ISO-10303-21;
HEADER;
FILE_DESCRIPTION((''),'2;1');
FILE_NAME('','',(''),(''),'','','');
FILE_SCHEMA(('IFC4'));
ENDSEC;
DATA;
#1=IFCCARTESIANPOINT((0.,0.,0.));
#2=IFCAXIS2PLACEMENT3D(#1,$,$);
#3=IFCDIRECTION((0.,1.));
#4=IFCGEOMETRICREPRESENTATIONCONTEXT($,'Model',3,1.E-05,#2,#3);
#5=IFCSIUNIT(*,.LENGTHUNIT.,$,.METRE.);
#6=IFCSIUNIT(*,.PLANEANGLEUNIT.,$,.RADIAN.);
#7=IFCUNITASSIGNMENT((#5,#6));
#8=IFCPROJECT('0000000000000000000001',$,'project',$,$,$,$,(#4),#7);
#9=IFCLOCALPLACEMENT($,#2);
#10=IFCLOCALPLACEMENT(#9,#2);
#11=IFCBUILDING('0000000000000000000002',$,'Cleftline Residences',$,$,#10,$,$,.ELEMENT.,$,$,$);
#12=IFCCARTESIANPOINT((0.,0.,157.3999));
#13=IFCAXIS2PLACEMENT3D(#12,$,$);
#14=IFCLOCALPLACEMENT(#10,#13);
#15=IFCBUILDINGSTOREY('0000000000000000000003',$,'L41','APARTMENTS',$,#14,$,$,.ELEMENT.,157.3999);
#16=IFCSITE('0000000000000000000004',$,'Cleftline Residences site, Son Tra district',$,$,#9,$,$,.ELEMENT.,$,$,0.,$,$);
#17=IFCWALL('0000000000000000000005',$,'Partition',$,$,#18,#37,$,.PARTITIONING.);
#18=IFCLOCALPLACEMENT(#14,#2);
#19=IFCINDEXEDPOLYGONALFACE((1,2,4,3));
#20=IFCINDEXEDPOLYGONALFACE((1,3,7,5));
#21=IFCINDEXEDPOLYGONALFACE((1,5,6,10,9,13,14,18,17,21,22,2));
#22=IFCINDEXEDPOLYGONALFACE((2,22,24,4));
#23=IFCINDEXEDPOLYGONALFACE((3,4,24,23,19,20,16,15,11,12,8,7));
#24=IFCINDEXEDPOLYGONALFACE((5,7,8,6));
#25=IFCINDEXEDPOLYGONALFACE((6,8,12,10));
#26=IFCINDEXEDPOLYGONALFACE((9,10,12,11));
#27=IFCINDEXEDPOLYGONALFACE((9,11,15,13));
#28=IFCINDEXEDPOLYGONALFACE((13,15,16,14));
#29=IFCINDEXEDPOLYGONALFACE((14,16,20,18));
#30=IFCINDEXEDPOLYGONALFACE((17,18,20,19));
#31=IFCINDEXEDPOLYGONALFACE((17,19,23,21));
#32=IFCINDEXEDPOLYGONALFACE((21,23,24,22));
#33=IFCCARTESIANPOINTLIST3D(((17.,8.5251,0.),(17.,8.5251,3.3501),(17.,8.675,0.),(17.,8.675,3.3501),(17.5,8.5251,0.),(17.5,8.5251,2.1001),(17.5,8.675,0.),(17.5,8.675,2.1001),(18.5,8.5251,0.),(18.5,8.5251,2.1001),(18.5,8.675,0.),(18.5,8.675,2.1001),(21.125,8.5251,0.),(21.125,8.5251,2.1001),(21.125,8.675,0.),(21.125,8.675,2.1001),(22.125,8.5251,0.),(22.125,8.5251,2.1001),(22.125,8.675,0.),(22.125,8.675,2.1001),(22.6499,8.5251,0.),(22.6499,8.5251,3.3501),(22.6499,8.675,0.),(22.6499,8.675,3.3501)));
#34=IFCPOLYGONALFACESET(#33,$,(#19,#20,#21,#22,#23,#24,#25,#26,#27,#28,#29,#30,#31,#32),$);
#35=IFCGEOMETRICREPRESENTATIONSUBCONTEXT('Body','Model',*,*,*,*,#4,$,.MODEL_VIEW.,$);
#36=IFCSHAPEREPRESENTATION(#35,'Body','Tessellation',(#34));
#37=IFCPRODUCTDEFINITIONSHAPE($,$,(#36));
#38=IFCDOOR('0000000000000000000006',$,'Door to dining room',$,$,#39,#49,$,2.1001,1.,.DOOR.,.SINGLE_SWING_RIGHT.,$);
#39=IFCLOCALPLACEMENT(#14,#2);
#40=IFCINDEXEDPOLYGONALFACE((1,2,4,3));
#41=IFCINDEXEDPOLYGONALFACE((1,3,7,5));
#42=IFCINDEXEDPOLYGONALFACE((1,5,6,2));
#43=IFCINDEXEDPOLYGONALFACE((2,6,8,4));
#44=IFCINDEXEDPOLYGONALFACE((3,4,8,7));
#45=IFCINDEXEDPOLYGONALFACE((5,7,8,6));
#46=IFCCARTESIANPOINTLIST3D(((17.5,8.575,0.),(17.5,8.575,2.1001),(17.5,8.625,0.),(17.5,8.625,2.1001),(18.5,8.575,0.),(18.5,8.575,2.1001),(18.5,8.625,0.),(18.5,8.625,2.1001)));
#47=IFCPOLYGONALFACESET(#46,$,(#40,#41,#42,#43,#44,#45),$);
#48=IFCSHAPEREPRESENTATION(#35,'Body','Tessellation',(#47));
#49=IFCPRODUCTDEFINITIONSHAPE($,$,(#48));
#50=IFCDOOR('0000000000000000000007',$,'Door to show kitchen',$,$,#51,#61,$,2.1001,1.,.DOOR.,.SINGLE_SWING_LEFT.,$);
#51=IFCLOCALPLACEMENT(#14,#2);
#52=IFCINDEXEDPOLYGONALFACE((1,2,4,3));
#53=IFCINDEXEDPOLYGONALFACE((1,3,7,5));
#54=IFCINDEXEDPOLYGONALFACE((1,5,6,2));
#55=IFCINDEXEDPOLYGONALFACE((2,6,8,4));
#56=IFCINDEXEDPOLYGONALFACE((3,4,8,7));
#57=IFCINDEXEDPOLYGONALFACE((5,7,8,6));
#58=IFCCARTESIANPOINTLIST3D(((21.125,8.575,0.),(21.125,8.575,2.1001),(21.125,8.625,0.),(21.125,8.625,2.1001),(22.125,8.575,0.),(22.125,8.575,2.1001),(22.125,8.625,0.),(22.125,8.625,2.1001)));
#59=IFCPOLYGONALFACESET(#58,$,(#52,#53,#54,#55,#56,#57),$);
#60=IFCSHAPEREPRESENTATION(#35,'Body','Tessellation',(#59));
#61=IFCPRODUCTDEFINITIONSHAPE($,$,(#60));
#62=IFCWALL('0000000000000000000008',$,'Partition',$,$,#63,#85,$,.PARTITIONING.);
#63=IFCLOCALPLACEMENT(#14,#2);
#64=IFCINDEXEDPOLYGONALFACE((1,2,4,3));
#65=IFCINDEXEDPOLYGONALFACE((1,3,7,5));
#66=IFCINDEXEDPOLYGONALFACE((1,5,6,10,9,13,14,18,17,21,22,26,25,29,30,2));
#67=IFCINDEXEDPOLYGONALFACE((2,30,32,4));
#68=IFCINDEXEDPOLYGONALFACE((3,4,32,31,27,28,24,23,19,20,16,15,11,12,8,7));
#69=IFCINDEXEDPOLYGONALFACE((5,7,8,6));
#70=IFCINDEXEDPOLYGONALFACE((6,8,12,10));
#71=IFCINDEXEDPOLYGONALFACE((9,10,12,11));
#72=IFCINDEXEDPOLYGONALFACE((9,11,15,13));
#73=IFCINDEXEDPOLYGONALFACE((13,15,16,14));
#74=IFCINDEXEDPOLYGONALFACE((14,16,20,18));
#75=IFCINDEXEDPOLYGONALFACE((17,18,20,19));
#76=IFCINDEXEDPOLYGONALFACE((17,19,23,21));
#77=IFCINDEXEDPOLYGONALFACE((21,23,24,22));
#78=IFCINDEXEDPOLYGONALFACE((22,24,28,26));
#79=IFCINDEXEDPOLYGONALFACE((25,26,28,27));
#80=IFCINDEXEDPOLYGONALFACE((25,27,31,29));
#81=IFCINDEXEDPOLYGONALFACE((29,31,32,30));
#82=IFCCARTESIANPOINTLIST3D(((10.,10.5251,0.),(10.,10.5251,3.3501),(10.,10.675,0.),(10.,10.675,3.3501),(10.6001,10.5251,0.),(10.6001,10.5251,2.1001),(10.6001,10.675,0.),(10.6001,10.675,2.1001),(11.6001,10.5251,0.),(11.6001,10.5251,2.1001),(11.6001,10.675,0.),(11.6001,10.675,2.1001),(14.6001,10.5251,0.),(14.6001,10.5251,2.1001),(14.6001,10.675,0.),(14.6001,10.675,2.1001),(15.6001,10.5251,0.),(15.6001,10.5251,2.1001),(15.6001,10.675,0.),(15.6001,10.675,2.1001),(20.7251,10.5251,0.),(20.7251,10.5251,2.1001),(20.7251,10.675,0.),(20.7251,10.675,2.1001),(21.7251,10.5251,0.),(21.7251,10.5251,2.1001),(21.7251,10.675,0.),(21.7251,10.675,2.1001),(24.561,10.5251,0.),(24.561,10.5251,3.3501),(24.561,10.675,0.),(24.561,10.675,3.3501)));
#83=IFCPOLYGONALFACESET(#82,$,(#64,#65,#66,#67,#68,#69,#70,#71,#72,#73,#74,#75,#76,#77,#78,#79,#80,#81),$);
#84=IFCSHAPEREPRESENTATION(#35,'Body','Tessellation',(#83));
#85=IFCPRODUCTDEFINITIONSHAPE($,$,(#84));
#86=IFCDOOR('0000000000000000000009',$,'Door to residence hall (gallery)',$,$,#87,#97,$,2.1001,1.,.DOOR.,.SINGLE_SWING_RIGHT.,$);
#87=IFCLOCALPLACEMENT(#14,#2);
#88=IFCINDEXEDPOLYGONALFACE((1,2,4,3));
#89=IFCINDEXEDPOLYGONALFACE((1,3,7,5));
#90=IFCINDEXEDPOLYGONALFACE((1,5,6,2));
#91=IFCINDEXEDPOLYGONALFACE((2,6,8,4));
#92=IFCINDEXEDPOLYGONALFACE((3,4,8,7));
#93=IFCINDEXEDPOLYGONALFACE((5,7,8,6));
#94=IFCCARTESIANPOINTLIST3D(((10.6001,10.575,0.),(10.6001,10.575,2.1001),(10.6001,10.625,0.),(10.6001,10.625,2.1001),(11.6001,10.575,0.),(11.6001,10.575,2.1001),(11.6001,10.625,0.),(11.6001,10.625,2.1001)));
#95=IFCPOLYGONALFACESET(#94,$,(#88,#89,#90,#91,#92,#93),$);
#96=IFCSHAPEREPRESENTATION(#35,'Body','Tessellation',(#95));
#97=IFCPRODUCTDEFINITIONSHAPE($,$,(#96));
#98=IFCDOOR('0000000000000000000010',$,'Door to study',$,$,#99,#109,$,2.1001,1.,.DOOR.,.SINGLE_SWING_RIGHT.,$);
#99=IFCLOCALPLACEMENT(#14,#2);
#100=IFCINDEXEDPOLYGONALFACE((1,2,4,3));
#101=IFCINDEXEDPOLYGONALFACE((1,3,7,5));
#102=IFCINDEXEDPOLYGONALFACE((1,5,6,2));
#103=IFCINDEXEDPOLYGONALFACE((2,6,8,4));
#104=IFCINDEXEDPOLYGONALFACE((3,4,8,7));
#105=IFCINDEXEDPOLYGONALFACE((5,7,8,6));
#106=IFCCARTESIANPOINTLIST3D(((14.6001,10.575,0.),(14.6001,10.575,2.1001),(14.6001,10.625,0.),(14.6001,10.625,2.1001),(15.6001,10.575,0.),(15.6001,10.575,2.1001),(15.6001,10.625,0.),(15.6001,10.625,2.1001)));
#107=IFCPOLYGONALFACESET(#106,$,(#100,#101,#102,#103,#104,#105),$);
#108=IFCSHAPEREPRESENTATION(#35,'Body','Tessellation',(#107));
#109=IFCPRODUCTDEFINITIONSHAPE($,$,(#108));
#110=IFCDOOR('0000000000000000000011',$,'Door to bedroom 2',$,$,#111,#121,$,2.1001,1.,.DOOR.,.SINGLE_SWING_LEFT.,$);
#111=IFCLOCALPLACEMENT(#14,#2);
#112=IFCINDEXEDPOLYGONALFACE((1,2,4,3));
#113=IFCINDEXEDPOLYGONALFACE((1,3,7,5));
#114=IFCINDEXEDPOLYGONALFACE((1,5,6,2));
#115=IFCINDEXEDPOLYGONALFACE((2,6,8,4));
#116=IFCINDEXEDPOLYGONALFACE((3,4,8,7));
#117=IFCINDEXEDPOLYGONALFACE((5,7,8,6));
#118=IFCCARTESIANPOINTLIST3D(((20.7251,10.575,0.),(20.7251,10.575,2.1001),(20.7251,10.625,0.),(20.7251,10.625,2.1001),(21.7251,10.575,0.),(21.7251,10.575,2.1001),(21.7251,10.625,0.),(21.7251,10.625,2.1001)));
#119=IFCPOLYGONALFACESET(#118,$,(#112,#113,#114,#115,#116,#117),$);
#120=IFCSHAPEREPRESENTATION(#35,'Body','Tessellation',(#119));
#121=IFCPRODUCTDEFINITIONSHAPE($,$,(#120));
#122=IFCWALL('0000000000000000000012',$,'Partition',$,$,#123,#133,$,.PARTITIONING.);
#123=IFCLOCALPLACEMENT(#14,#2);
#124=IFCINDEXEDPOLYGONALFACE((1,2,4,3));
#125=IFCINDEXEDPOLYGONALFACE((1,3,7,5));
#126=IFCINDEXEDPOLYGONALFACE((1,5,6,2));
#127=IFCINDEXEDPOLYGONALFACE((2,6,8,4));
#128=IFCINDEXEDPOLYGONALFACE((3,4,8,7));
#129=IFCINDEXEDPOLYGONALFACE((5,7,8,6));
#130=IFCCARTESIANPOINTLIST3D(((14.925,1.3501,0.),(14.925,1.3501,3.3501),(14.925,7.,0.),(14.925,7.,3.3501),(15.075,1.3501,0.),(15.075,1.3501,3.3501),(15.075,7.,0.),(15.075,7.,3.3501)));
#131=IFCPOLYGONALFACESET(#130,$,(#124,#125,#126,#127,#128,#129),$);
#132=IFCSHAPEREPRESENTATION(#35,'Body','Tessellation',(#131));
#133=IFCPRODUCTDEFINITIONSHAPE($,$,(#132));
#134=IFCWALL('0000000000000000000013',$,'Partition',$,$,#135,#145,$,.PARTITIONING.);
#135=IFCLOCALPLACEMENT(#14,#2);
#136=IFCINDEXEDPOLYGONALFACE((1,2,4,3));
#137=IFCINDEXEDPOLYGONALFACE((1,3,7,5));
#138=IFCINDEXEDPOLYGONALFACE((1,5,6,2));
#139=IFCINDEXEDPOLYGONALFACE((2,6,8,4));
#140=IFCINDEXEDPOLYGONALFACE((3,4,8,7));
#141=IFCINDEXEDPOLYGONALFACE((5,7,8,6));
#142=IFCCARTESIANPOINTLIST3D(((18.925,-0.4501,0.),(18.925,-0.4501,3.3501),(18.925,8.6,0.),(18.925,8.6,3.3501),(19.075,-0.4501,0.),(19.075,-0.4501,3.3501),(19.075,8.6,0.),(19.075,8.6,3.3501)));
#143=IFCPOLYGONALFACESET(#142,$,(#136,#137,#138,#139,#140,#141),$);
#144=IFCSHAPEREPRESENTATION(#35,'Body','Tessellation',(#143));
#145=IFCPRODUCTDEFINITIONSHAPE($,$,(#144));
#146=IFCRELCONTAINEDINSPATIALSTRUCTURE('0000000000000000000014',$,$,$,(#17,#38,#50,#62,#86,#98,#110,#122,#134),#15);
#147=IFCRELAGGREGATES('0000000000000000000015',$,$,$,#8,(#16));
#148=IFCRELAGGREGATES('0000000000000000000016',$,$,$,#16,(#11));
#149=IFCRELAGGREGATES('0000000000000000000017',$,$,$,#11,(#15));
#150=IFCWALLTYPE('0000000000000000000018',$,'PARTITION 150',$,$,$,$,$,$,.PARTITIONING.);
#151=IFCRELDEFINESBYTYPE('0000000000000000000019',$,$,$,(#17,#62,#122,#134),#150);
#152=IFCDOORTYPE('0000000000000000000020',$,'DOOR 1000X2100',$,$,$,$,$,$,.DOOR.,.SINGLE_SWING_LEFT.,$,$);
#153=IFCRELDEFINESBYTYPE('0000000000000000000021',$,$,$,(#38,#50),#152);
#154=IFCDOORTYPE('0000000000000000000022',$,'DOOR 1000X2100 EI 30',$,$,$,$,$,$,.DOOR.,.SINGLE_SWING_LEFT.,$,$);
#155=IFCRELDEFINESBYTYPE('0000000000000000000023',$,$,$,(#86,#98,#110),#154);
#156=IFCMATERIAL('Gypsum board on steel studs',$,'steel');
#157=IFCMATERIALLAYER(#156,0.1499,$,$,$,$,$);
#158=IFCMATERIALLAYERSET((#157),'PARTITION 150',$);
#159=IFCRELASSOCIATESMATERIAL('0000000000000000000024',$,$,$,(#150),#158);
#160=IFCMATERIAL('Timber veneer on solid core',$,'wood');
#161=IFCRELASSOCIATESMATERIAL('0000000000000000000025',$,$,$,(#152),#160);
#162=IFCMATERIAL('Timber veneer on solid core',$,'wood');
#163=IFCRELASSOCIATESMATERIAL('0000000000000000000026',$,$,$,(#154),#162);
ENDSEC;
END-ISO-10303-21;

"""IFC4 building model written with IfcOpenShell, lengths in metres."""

from ifc_helpers import new_model, si_unit, direction, frame, frame_2d, origin, place, context, subcontext, project, spatial, rectangle, extrude, material, layer, layer_set, type_object, element, fill, save


model = new_model("IFC4")

# Units and contexts
model_context = context("Model", 3, precision=1e-05, world=origin(), true_north=direction((0.0, 1.0)))
body_context = subcontext(model_context, "Body", "Model", "MODEL_VIEW")
ifc_project = project(units=[si_unit("LENGTHUNIT", "METRE"), si_unit("PLANEANGLEUNIT", "RADIAN")], contexts=[model_context])

# Site, building, storey
site_placement = place(None, origin())
site = spatial("IfcSite", under=ifc_project, at=site_placement, Name="Cleftline Residences site, Son Tra district", CompositionType="ELEMENT", RefElevation=0.0)
building_placement = place(site_placement, origin())
building = spatial("IfcBuilding", under=site, at=building_placement, Name="Cleftline Residences", CompositionType="ELEMENT")
storey_placement = place(building_placement, frame((0.0, 0.0, 157.3999)))
storey = spatial("IfcBuildingStorey", under=building, at=storey_placement, Name="L41", Description="APARTMENTS", CompositionType="ELEMENT", Elevation=157.3999)

# Shared definitions
ifc_material_1 = material(Name="Gypsum board on steel studs", Category="steel")
ifc_layer_1 = layer(ifc_material_1, 0.1499)
ifc_layer_set_1 = layer_set([ifc_layer_1], Name="PARTITION 150")
wall_type_1 = type_object("IfcWallType", Name="PARTITION 150", PredefinedType="PARTITIONING", material=ifc_layer_set_1)
ifc_material_2 = material(Name="Timber veneer on solid core", Category="wood")
door_type_1 = type_object("IfcDoorType", Name="DOOR 1000X2100", OperationType="SINGLE_SWING_LEFT", PredefinedType="DOOR", material=ifc_material_2)

# Walls, openings, doors
wall_1_placement = place(storey_placement, frame((17.0, 8.6001, 0.0), z_axis=(0.0, 0.0, 1.0), x_axis=(1.0, 0.0, 0.0)))
wall_1 = element("IfcWall", 1, at=wall_1_placement, inside=storey, type_object=wall_type_1, Name="Partition", PredefinedType="PARTITIONING", context=body_context, shape_type="SweptSolid", body=[
    extrude(rectangle(XDim=5.6499, YDim=0.1499, at=frame_2d((2.825, 0.0))), origin(), (0.0, 0.0, 1.0), 3.3501),
])
opening_1_placement = place(wall_1_placement, frame((0.5, 0.0, 0.0)))
opening_1 = element("IfcOpeningElement", 2, at=opening_1_placement, cuts=wall_1, PredefinedType="OPENING", context=body_context, shape_type="SweptSolid", body=[
    extrude(rectangle(XDim=1.0, YDim=2.1001, at=frame_2d((0.5, 1.05))), frame((0.0, 0.085, 0.0), z_axis=(0.0, -1.0, 0.0), x_axis=(1.0, 0.0, 0.0)), (0.0, 0.0, 1.0), 0.1699),
])
opening_2_placement = place(wall_1_placement, frame((4.125, 0.0, 0.0)))
opening_2 = element("IfcOpeningElement", 3, at=opening_2_placement, cuts=wall_1, PredefinedType="OPENING", context=body_context, shape_type="SweptSolid", body=[
    extrude(rectangle(XDim=1.0, YDim=2.1001, at=frame_2d((0.5, 1.05))), frame((0.0, 0.085, 0.0), z_axis=(0.0, -1.0, 0.0), x_axis=(1.0, 0.0, 0.0)), (0.0, 0.0, 1.0), 0.1699),
])
door_1_placement = place(opening_1_placement, origin())
door_1 = element("IfcDoor", 4, at=door_1_placement, inside=storey, type_object=door_type_1, Name="Door to dining room", OperationType="SINGLE_SWING_RIGHT", OverallHeight=2.1001, OverallWidth=1.0, PredefinedType="DOOR", context=body_context, shape_type="SweptSolid", body=[
    extrude(rectangle(XDim=1.0, YDim=2.1001, at=frame_2d((0.5, 1.05))), frame((0.0, 0.0249, 0.0), z_axis=(0.0, -1.0, 0.0), x_axis=(1.0, 0.0, 0.0)), (0.0, 0.0, 1.0), 0.05),
])
fill(opening_1, door_1)
door_2_placement = place(opening_2_placement, origin())
door_2 = element("IfcDoor", 5, at=door_2_placement, inside=storey, type_object=door_type_1, Name="Door to show kitchen", OperationType="SINGLE_SWING_LEFT", OverallHeight=2.1001, OverallWidth=1.0, PredefinedType="DOOR", context=body_context, shape_type="SweptSolid", body=[
    extrude(rectangle(XDim=1.0, YDim=2.1001, at=frame_2d((0.5, 1.05))), frame((0.0, 0.0249, 0.0), z_axis=(0.0, -1.0, 0.0), x_axis=(1.0, 0.0, 0.0)), (0.0, 0.0, 1.0), 0.05),
])
fill(opening_2, door_2)
wall_2_placement = place(storey_placement, frame((10.0, 10.6001, 0.0), z_axis=(0.0, 0.0, 1.0), x_axis=(1.0, 0.0, 0.0)))
wall_2 = element("IfcWall", 6, at=wall_2_placement, inside=storey, type_object=wall_type_1, Name="Partition", PredefinedType="PARTITIONING", context=body_context, shape_type="SweptSolid", body=[
    extrude(rectangle(XDim=14.561, YDim=0.1499, at=frame_2d((7.2805, 0.0))), origin(), (0.0, 0.0, 1.0), 3.3501),
])
opening_3_placement = place(wall_2_placement, frame((0.6001, 0.0, 0.0)))
opening_3 = element("IfcOpeningElement", 7, at=opening_3_placement, cuts=wall_2, PredefinedType="OPENING", context=body_context, shape_type="SweptSolid", body=[
    extrude(rectangle(XDim=1.0, YDim=2.1001, at=frame_2d((0.5, 1.05))), frame((0.0, 0.085, 0.0), z_axis=(0.0, -1.0, 0.0), x_axis=(1.0, 0.0, 0.0)), (0.0, 0.0, 1.0), 0.1699),
])
opening_4_placement = place(wall_2_placement, frame((4.6001, 0.0, 0.0)))
opening_4 = element("IfcOpeningElement", 8, at=opening_4_placement, cuts=wall_2, PredefinedType="OPENING", context=body_context, shape_type="SweptSolid", body=[
    extrude(rectangle(XDim=1.0, YDim=2.1001, at=frame_2d((0.5, 1.05))), frame((0.0, 0.085, 0.0), z_axis=(0.0, -1.0, 0.0), x_axis=(1.0, 0.0, 0.0)), (0.0, 0.0, 1.0), 0.1699),
])
opening_5_placement = place(wall_2_placement, frame((10.7251, 0.0, 0.0)))
opening_5 = element("IfcOpeningElement", 9, at=opening_5_placement, cuts=wall_2, PredefinedType="OPENING", context=body_context, shape_type="SweptSolid", body=[
    extrude(rectangle(XDim=1.0, YDim=2.1001, at=frame_2d((0.5, 1.05))), frame((0.0, 0.085, 0.0), z_axis=(0.0, -1.0, 0.0), x_axis=(1.0, 0.0, 0.0)), (0.0, 0.0, 1.0), 0.1699),
])
ifc_material_3 = material(Name="Timber veneer on solid core", Category="wood")
door_type_2 = type_object("IfcDoorType", Name="DOOR 1000X2100 EI 30", OperationType="SINGLE_SWING_LEFT", PredefinedType="DOOR", material=ifc_material_3)
door_3_placement = place(opening_3_placement, origin())
door_3 = element("IfcDoor", 10, at=door_3_placement, inside=storey, type_object=door_type_2, Name="Door to residence hall (gallery)", OperationType="SINGLE_SWING_RIGHT", OverallHeight=2.1001, OverallWidth=1.0, PredefinedType="DOOR", context=body_context, shape_type="SweptSolid", body=[
    extrude(rectangle(XDim=1.0, YDim=2.1001, at=frame_2d((0.5, 1.05))), frame((0.0, 0.0249, 0.0), z_axis=(0.0, -1.0, 0.0), x_axis=(1.0, 0.0, 0.0)), (0.0, 0.0, 1.0), 0.05),
])
fill(opening_3, door_3)
door_4_placement = place(opening_4_placement, origin())
door_4 = element("IfcDoor", 11, at=door_4_placement, inside=storey, type_object=door_type_2, Name="Door to study", OperationType="SINGLE_SWING_RIGHT", OverallHeight=2.1001, OverallWidth=1.0, PredefinedType="DOOR", context=body_context, shape_type="SweptSolid", body=[
    extrude(rectangle(XDim=1.0, YDim=2.1001, at=frame_2d((0.5, 1.05))), frame((0.0, 0.0249, 0.0), z_axis=(0.0, -1.0, 0.0), x_axis=(1.0, 0.0, 0.0)), (0.0, 0.0, 1.0), 0.05),
])
fill(opening_4, door_4)
door_5_placement = place(opening_5_placement, origin())
door_5 = element("IfcDoor", 12, at=door_5_placement, inside=storey, type_object=door_type_2, Name="Door to bedroom 2", OperationType="SINGLE_SWING_LEFT", OverallHeight=2.1001, OverallWidth=1.0, PredefinedType="DOOR", context=body_context, shape_type="SweptSolid", body=[
    extrude(rectangle(XDim=1.0, YDim=2.1001, at=frame_2d((0.5, 1.05))), frame((0.0, 0.0249, 0.0), z_axis=(0.0, -1.0, 0.0), x_axis=(1.0, 0.0, 0.0)), (0.0, 0.0, 1.0), 0.05),
])
fill(opening_5, door_5)

# Walls
wall_3_placement = place(storey_placement, frame((15.0, 1.3501, 0.0), z_axis=(0.0, 0.0, 1.0), x_axis=(0.0, 1.0, 0.0)))
element("IfcWall", 13, at=wall_3_placement, inside=storey, type_object=wall_type_1, Name="Partition", PredefinedType="PARTITIONING", context=body_context, shape_type="SweptSolid", body=[
    extrude(rectangle(XDim=5.6499, YDim=0.1499, at=frame_2d((2.825, 0.0))), origin(), (0.0, 0.0, 1.0), 3.3501),
])
wall_4_placement = place(storey_placement, frame((19.0, -0.45, 0.0), z_axis=(0.0, 0.0, 1.0), x_axis=(0.0, 1.0, 0.0)))
element("IfcWall", 14, at=wall_4_placement, inside=storey, type_object=wall_type_1, Name="Partition", PredefinedType="PARTITIONING", context=body_context, shape_type="SweptSolid", body=[
    extrude(rectangle(XDim=9.05, YDim=0.1499, at=frame_2d((4.5249, 0.0))), origin(), (0.0, 0.0, 1.0), 3.3501),
])

save(model, "model.ifc")
